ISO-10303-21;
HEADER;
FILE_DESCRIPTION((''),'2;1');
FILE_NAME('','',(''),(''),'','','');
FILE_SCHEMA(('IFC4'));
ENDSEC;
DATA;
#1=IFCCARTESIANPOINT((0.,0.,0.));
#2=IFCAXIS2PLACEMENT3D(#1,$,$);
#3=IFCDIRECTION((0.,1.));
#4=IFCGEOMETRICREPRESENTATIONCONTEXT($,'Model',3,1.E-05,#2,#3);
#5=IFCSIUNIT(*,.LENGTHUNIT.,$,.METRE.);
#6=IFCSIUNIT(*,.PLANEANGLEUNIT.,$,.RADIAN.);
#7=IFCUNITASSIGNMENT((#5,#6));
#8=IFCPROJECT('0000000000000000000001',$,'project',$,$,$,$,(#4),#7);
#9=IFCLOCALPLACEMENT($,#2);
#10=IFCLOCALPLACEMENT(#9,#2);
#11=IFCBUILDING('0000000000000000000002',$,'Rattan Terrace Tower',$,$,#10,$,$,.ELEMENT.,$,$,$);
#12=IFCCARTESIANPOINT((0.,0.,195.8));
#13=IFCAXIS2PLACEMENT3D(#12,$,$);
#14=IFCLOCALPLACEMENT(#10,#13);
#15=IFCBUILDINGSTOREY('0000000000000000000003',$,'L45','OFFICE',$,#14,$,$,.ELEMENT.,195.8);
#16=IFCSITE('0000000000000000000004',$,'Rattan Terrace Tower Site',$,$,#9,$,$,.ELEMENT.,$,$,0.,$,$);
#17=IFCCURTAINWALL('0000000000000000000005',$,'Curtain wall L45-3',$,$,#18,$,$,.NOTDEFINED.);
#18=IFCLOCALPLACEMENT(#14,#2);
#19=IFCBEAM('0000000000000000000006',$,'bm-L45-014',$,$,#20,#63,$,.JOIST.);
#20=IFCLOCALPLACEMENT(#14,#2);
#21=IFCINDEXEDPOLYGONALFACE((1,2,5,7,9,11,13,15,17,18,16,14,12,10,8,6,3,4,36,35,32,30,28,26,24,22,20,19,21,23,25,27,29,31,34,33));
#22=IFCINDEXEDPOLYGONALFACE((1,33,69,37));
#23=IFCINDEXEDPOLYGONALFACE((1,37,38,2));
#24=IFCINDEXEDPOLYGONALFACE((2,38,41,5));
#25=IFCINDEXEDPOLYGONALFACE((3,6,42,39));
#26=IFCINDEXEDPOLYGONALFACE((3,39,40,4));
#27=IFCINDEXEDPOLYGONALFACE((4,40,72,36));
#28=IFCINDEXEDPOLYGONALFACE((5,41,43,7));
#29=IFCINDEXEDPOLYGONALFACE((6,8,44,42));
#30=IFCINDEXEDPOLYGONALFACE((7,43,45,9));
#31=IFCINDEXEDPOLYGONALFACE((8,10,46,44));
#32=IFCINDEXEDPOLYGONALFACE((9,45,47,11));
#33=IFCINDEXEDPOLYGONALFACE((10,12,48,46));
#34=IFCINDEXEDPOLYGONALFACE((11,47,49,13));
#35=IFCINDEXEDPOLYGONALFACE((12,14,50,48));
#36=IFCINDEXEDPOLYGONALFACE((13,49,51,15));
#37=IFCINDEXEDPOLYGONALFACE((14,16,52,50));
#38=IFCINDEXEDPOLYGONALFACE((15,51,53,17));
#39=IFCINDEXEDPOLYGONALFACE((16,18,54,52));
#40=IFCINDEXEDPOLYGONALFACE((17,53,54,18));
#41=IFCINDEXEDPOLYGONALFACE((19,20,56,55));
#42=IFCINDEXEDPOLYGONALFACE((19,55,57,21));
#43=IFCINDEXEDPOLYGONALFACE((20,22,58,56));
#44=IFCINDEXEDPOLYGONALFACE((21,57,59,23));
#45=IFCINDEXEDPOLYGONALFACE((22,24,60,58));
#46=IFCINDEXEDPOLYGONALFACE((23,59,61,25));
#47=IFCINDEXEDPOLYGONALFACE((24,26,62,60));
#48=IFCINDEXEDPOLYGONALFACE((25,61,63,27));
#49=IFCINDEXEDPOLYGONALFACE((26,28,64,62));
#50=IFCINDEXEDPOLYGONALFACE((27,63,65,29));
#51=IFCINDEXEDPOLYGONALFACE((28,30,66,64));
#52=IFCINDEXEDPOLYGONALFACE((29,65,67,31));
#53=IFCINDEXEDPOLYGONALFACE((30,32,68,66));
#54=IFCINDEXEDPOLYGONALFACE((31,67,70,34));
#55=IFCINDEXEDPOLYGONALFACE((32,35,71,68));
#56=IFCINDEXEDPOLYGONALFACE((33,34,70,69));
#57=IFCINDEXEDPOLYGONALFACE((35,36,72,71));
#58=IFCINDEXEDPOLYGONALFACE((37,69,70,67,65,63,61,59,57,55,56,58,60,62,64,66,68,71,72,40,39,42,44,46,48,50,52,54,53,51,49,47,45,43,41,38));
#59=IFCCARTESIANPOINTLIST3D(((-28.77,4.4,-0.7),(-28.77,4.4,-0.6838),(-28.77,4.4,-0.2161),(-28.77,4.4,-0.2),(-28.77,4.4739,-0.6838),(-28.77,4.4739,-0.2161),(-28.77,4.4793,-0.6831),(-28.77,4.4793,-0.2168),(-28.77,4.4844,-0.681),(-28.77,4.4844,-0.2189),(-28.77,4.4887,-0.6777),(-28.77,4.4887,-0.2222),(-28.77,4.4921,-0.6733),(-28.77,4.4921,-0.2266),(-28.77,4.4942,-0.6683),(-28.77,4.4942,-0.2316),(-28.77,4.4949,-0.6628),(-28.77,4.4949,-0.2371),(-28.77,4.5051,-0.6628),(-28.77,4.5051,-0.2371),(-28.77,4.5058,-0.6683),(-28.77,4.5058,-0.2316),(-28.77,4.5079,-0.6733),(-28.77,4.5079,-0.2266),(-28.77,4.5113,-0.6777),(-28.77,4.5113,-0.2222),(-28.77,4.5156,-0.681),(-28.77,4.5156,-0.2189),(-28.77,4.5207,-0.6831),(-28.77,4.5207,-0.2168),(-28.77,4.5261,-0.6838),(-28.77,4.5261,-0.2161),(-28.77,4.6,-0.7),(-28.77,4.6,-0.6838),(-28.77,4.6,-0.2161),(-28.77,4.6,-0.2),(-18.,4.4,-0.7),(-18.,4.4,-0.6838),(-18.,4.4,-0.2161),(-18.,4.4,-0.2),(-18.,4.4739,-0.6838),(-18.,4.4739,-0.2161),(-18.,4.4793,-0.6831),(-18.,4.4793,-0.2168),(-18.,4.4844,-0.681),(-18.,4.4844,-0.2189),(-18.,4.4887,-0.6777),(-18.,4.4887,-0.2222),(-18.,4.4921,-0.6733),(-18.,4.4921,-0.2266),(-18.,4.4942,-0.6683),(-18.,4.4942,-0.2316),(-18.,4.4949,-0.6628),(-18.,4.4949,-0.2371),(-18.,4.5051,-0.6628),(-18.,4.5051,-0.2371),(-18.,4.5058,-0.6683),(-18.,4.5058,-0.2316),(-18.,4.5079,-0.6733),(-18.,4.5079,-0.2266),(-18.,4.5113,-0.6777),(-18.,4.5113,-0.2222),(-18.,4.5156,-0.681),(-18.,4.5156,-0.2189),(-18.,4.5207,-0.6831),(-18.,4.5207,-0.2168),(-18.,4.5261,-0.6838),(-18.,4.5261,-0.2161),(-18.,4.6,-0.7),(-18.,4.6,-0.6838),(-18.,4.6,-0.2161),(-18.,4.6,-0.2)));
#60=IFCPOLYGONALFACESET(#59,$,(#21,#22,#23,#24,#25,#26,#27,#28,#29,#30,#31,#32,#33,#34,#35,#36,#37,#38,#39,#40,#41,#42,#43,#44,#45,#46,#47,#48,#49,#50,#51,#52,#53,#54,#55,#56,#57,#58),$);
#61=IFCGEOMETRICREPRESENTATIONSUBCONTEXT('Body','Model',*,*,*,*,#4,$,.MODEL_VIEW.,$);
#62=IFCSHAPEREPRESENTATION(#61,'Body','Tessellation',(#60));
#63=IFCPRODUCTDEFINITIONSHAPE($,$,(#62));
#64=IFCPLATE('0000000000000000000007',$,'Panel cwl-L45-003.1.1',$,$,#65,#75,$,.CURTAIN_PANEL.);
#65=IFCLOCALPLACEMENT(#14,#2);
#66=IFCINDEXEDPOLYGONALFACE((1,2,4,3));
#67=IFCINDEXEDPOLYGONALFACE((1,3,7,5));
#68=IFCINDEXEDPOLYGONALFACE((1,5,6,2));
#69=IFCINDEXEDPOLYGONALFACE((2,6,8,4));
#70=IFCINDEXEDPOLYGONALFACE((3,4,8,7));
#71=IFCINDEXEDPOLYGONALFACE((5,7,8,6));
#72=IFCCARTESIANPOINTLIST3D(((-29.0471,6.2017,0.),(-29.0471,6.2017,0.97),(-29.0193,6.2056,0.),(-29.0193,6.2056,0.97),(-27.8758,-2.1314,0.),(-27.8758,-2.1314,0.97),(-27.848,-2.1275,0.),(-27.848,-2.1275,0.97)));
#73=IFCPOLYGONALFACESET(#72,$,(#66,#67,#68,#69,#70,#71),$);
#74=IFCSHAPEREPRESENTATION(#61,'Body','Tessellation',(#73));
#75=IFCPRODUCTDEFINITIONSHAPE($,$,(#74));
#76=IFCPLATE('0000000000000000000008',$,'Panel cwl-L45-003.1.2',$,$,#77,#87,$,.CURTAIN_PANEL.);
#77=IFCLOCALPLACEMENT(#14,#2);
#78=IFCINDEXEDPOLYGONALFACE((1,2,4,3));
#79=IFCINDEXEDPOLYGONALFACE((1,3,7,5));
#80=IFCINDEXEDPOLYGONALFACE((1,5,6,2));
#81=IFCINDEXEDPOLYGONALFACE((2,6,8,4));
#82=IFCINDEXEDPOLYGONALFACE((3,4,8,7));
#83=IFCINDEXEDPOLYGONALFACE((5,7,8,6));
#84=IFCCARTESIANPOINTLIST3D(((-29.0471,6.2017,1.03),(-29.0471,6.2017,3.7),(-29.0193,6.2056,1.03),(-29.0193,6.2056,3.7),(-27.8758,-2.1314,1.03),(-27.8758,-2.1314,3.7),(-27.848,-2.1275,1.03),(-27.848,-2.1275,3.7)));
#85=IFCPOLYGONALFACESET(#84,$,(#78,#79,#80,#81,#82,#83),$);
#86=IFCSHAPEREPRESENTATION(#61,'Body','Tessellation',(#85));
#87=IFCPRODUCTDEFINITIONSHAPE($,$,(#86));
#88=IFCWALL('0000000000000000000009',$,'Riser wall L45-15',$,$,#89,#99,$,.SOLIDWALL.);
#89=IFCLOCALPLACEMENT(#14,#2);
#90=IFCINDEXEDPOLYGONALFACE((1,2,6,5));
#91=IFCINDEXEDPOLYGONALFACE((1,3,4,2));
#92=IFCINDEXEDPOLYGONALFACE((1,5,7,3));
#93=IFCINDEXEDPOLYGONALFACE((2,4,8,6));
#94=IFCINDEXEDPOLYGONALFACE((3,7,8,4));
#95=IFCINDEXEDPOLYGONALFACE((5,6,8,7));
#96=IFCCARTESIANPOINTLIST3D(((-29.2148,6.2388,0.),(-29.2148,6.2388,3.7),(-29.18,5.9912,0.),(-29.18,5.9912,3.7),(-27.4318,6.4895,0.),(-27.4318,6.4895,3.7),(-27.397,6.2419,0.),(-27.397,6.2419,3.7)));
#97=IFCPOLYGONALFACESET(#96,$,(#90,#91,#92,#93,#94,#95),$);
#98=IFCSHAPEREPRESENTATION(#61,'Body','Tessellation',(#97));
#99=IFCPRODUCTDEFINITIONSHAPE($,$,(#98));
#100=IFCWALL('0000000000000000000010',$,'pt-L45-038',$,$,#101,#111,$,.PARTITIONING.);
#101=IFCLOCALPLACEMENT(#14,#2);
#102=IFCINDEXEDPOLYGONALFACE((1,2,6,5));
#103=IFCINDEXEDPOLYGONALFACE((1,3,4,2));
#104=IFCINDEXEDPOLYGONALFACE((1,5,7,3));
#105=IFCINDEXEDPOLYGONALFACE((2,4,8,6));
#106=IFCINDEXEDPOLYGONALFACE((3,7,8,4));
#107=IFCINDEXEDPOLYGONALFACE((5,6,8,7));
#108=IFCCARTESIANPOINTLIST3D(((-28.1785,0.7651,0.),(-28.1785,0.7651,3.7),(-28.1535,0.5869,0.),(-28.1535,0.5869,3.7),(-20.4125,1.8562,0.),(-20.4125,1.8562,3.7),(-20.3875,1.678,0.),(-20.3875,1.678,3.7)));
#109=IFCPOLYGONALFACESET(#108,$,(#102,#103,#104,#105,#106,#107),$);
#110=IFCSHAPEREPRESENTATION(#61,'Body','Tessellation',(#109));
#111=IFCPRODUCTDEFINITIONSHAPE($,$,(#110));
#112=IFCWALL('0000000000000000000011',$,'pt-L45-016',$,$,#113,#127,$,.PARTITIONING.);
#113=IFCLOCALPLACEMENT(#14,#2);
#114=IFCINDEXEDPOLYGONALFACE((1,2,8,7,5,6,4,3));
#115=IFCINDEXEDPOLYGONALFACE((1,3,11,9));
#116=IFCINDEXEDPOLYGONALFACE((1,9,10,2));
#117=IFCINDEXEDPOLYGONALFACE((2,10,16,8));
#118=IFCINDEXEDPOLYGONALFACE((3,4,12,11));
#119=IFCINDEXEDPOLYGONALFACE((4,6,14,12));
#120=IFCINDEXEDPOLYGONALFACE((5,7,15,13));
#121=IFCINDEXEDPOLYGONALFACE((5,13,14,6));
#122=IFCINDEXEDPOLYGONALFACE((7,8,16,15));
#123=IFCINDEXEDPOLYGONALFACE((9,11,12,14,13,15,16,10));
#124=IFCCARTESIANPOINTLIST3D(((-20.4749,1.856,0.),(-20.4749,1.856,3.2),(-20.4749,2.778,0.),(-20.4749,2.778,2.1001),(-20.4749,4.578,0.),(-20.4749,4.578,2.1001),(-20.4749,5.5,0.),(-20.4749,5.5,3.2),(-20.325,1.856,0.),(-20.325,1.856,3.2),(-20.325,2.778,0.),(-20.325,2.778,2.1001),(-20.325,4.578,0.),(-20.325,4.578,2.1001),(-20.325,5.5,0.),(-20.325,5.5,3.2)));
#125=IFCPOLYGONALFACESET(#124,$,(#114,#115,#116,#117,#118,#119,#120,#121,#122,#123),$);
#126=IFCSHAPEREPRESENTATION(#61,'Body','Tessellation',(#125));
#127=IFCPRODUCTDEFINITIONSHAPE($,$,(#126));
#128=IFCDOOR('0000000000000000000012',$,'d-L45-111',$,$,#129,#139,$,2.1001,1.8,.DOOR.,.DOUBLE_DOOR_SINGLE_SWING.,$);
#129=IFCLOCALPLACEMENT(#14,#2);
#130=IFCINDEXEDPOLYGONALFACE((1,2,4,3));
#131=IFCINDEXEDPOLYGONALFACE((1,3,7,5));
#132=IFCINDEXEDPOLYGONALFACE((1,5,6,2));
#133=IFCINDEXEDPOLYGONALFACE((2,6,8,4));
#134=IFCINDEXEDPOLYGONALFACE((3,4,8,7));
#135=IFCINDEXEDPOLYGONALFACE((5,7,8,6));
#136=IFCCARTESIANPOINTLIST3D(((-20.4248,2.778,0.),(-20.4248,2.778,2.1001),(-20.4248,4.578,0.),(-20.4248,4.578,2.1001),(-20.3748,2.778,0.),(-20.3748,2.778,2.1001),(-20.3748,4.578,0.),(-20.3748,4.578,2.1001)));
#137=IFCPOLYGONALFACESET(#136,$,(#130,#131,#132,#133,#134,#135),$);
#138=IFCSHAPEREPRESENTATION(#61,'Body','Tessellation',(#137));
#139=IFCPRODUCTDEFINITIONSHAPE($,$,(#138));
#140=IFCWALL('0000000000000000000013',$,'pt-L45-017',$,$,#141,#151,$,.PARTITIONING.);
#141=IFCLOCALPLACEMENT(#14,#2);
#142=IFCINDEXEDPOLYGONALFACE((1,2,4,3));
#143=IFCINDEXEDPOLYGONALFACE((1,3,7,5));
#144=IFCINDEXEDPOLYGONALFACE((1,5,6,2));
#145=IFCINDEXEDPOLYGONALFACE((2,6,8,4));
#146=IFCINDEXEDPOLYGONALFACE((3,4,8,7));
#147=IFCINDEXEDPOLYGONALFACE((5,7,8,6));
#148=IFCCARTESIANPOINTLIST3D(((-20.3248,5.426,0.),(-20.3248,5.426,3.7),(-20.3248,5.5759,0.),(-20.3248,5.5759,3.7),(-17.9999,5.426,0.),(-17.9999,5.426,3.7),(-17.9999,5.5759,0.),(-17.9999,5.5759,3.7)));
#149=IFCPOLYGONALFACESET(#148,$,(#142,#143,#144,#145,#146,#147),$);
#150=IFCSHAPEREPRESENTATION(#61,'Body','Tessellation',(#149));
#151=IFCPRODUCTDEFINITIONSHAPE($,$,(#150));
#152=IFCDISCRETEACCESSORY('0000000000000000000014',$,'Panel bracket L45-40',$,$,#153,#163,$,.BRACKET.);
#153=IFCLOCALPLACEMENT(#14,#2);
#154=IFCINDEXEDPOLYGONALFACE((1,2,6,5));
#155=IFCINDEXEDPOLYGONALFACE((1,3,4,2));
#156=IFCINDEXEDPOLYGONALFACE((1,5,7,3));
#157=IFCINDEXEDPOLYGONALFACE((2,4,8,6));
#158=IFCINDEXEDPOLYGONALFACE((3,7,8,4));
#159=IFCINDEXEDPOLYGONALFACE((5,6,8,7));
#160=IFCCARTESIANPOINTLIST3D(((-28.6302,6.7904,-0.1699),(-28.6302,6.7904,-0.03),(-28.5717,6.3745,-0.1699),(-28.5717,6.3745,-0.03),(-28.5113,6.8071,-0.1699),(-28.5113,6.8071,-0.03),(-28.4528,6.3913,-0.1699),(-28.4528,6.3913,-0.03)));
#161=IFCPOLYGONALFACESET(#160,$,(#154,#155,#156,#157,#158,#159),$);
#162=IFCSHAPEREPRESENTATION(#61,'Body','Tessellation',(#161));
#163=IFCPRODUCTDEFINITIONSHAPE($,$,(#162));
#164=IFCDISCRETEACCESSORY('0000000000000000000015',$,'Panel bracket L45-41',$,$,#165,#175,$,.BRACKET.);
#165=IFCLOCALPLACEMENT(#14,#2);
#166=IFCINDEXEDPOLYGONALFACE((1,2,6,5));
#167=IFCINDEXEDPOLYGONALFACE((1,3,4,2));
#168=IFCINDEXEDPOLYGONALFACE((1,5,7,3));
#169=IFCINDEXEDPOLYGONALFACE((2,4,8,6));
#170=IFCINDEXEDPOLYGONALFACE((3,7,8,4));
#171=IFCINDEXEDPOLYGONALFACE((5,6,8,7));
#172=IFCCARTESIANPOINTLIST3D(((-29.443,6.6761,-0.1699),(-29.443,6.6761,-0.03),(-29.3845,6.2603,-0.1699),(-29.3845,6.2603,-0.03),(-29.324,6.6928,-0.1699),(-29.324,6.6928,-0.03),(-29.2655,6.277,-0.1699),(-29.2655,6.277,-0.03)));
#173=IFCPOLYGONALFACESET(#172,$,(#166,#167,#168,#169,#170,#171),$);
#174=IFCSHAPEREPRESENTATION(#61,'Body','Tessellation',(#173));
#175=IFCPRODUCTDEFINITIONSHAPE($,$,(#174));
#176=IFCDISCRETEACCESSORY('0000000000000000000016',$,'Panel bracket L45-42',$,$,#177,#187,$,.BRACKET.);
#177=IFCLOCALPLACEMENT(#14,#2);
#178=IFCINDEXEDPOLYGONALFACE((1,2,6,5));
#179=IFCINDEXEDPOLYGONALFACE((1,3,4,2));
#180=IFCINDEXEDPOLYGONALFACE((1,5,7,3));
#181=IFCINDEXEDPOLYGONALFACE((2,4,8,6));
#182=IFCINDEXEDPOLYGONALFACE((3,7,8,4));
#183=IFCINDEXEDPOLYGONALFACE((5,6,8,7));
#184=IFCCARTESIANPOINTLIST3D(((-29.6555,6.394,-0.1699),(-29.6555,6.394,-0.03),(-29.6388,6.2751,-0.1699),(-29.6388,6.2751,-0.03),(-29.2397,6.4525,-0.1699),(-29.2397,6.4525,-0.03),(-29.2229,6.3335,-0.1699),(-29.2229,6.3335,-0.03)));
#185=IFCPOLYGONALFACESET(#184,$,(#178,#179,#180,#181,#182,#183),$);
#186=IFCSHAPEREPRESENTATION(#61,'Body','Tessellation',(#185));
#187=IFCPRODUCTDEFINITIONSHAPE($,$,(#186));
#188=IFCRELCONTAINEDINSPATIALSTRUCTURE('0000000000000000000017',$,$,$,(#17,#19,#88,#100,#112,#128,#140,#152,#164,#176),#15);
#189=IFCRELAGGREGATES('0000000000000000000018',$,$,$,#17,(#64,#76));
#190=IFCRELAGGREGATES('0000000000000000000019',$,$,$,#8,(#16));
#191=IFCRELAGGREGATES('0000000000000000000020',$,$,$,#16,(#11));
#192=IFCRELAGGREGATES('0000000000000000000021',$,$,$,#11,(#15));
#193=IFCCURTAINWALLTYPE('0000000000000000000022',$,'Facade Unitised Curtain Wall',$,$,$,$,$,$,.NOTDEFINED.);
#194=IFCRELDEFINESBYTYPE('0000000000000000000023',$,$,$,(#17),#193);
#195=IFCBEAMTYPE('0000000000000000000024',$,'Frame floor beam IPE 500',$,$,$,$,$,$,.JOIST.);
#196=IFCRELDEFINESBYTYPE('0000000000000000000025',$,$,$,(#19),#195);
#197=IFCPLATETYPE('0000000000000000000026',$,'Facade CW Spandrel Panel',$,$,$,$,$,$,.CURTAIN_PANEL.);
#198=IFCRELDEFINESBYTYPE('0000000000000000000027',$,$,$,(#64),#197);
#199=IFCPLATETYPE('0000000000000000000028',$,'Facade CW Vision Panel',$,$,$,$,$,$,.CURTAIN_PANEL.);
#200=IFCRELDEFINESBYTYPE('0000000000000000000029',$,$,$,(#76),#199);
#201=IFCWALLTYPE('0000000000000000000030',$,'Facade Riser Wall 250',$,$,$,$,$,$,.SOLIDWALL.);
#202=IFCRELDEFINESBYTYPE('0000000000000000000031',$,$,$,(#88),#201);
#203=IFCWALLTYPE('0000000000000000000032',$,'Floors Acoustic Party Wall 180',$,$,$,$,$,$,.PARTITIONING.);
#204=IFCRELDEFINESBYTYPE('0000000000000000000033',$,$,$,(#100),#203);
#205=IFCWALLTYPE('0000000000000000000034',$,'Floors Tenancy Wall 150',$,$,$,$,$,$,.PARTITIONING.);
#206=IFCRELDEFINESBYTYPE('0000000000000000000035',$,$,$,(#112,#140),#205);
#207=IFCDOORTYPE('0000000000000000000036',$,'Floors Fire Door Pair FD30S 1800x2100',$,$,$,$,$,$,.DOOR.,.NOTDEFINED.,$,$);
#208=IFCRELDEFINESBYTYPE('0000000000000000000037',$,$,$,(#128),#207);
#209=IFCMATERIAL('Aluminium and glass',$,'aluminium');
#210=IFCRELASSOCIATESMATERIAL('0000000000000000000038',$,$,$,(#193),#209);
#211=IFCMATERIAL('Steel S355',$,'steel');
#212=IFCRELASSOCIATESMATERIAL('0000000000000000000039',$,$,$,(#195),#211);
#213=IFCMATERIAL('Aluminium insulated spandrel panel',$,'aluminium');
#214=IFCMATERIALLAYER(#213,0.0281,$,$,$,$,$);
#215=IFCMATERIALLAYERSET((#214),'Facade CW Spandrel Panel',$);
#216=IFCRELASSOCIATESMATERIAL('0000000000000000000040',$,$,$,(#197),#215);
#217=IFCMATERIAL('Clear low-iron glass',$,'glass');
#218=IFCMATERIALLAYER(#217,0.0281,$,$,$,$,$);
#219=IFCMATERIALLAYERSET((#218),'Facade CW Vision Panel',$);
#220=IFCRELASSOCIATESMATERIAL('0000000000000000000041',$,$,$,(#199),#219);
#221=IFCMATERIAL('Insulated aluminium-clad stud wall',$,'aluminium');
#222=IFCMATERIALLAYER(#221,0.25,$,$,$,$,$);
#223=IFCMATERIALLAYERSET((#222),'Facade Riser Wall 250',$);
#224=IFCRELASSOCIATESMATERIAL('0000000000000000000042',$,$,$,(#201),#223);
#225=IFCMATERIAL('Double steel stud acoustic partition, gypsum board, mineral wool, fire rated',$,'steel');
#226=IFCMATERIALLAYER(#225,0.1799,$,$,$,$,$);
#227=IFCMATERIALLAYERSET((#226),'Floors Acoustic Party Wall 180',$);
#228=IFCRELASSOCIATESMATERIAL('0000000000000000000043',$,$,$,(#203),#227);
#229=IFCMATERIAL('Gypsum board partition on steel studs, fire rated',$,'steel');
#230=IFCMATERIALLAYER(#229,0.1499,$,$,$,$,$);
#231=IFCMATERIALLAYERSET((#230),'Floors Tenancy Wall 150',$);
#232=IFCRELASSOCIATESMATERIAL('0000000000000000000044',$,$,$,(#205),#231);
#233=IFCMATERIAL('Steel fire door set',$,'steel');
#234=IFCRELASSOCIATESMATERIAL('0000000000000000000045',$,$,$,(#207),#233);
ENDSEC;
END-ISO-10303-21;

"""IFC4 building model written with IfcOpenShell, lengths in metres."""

from ifc_helpers import new_model, si_unit, direction, frame, frame_2d, origin, origin_2d, place, context, subcontext, project, spatial, rectangle, i_section, extrude, material, layer, layer_set, material_profile, profile_set, type_object, element, fill, aggregate, save


model = new_model("IFC4")

# Units and contexts
model_context = context("Model", 3, precision=1e-05, world=origin(), true_north=direction((0.0, 1.0)))
body_context = subcontext(model_context, "Body", "Model", "MODEL_VIEW")
ifc_project = project(units=[si_unit("LENGTHUNIT", "METRE"), si_unit("PLANEANGLEUNIT", "RADIAN")], contexts=[model_context])

# Site, building, storey
site_placement = place(None, origin())
site = spatial("IfcSite", under=ifc_project, at=site_placement, Name="Rattan Terrace Tower Site", CompositionType="ELEMENT", RefElevation=0.0)
building_placement = place(site_placement, origin())
building = spatial("IfcBuilding", under=site, at=building_placement, Name="Rattan Terrace Tower", CompositionType="ELEMENT")
storey_placement = place(building_placement, frame((0.0, 0.0, 195.8)))
storey = spatial("IfcBuildingStorey", under=building, at=storey_placement, Name="L45", Description="OFFICE", CompositionType="ELEMENT", Elevation=195.8)

# Curtain wall
ifc_material_1 = material(Name="Aluminium and glass", Category="aluminium")
curtain_wall_type = type_object("IfcCurtainWallType", Name="Facade Unitised Curtain Wall", PredefinedType="NOTDEFINED", material=ifc_material_1)
curtain_wall_placement = place(storey_placement, origin())
curtain_wall = element("IfcCurtainWall", 1, at=curtain_wall_placement, inside=storey, type_object=curtain_wall_type, Name="Curtain wall L45-3", PredefinedType="NOTDEFINED")

# Beam
ifc_material_2 = material(Name="Steel S355", Category="steel")
ifc_material_profile_1 = material_profile(ifc_material_2, i_section(OverallWidth=0.2, OverallDepth=0.5, WebThickness=0.0103, FlangeThickness=0.0161, FilletRadius=0.021, at=origin_2d()), Name="IPE 500")
ifc_profile_set_1 = profile_set([ifc_material_profile_1], Name="Steel S355")
beam_type_1 = type_object("IfcBeamType", Name="Frame floor beam IPE 500", PredefinedType="JOIST", material=ifc_profile_set_1)
beam_1_placement = place(storey_placement, frame((-28.77, 4.5, -0.45), z_axis=(1.0, 0.0, 0.0), x_axis=(0.0, 1.0, 0.0)))
element("IfcBeam", 2, at=beam_1_placement, inside=storey, type_object=beam_type_1, Name="bm-L45-014", PredefinedType="JOIST", context=body_context, shape_type="SweptSolid", body=[
    extrude(i_section(OverallWidth=0.2, OverallDepth=0.5, WebThickness=0.0103, FlangeThickness=0.0161, FilletRadius=0.021, at=origin_2d()), origin(), (0.0, 0.0, 1.0), 10.77),
])

# Plates
ifc_material_3 = material(Name="Aluminium insulated spandrel panel", Category="aluminium")
ifc_layer_1 = layer(ifc_material_3, 0.0281)
ifc_layer_set_1 = layer_set([ifc_layer_1], Name="Facade CW Spandrel Panel")
plate_type_1 = type_object("IfcPlateType", Name="Facade CW Spandrel Panel", PredefinedType="CURTAIN_PANEL", material=ifc_layer_set_1)
plate_1_placement = place(storey_placement, frame((-28.4475, 2.0371, 0.0), z_axis=(0.0, 0.0, 1.0), x_axis=(0.139191, -0.990266, 0.0)))
plate_1 = element("IfcPlate", 3, at=plate_1_placement, type_object=plate_type_1, Name="Panel cwl-L45-003.1.1", PredefinedType="CURTAIN_PANEL", context=body_context, shape_type="SweptSolid", body=[
    extrude(rectangle(XDim=8.415, YDim=0.0281, at=origin_2d()), origin(), (0.0, 0.0, 1.0), 0.97),
])
ifc_material_4 = material(Name="Clear low-iron glass", Category="glass")
ifc_layer_2 = layer(ifc_material_4, 0.0281)
ifc_layer_set_2 = layer_set([ifc_layer_2], Name="Facade CW Vision Panel")
plate_type_2 = type_object("IfcPlateType", Name="Facade CW Vision Panel", PredefinedType="CURTAIN_PANEL", material=ifc_layer_set_2)
plate_2_placement = place(storey_placement, frame((-28.4475, 2.0371, 1.03), z_axis=(0.0, 0.0, 1.0), x_axis=(0.139191, -0.990266, 0.0)))
plate_2 = element("IfcPlate", 4, at=plate_2_placement, type_object=plate_type_2, Name="Panel cwl-L45-003.1.2", PredefinedType="CURTAIN_PANEL", context=body_context, shape_type="SweptSolid", body=[
    extrude(rectangle(XDim=8.415, YDim=0.0281, at=origin_2d()), origin(), (0.0, 0.0, 1.0), 2.6699),
])
aggregate(curtain_wall, [plate_1, plate_2])

# Walls
ifc_material_5 = material(Name="Insulated aluminium-clad stud wall", Category="aluminium")
ifc_layer_3 = layer(ifc_material_5, 0.25)
ifc_layer_set_3 = layer_set([ifc_layer_3], Name="Facade Riser Wall 250")
wall_type_1 = type_object("IfcWallType", Name="Facade Riser Wall 250", PredefinedType="SOLIDWALL", material=ifc_layer_set_3)
wall_1_placement = place(storey_placement, frame((-27.4143, 6.3657, 0.0), z_axis=(0.0, 0.0, 1.0), x_axis=(-0.990256, -0.139257, 0.0)))
element("IfcWall", 5, at=wall_1_placement, inside=storey, type_object=wall_type_1, Name="Riser wall L45-15", PredefinedType="SOLIDWALL", context=body_context, shape_type="SweptSolid", body=[
    extrude(rectangle(XDim=1.8005, YDim=0.25, at=frame_2d((0.9004, 0.0))), origin(), (0.0, 0.0, 1.0), 3.7),
])
ifc_material_6 = material(Name="Double steel stud acoustic partition, gypsum board, mineral wool, fire rated", Category="steel")
ifc_layer_4 = layer(ifc_material_6, 0.1799)
ifc_layer_set_4 = layer_set([ifc_layer_4], Name="Floors Acoustic Party Wall 180")
wall_type_2 = type_object("IfcWallType", Name="Floors Acoustic Party Wall 180", PredefinedType="PARTITIONING", material=ifc_layer_set_4)
wall_2_placement = place(storey_placement, frame((-28.166, 0.676, 0.0), z_axis=(0.0, 0.0, 1.0), x_axis=(0.990275, 0.139124, 0.0)))
element("IfcWall", 6, at=wall_2_placement, inside=storey, type_object=wall_type_2, Name="pt-L45-038", PredefinedType="PARTITIONING", context=body_context, shape_type="SweptSolid", body=[
    extrude(rectangle(XDim=7.8423, YDim=0.1799, at=frame_2d((3.9211, 0.0))), origin(), (0.0, 0.0, 1.0), 3.7),
])

# Wall, opening, door
ifc_material_7 = material(Name="Gypsum board partition on steel studs, fire rated", Category="steel")
ifc_layer_5 = layer(ifc_material_7, 0.1499)
ifc_layer_set_5 = layer_set([ifc_layer_5], Name="Floors Tenancy Wall 150")
wall_type_3 = type_object("IfcWallType", Name="Floors Tenancy Wall 150", PredefinedType="PARTITIONING", material=ifc_layer_set_5)
wall_3_placement = place(storey_placement, frame((-20.3999, 1.856, 0.0), z_axis=(0.0, 0.0, 1.0), x_axis=(0.0, 1.0, 0.0)))
wall_3 = element("IfcWall", 7, at=wall_3_placement, inside=storey, type_object=wall_type_3, Name="pt-L45-016", PredefinedType="PARTITIONING", context=body_context, shape_type="SweptSolid", body=[
    extrude(rectangle(XDim=3.644, YDim=0.1499, at=frame_2d((1.822, 0.0))), origin(), (0.0, 0.0, 1.0), 3.2),
])
opening_placement = place(wall_3_placement, frame((0.9221, 0.0, 0.0)))
opening = element("IfcOpeningElement", 8, at=opening_placement, cuts=wall_3, PredefinedType="OPENING", context=body_context, shape_type="SweptSolid", body=[
    extrude(rectangle(XDim=1.8, YDim=2.1001, at=frame_2d((0.8999, 1.05))), frame((0.0, 0.0854, 0.0), z_axis=(0.0, -1.0, 0.0), x_axis=(1.0, 0.0, 0.0)), (0.0, 0.0, 1.0), 0.1709),
])
ifc_material_8 = material(Name="Steel fire door set", Category="steel")
door_type = type_object("IfcDoorType", Name="Floors Fire Door Pair FD30S 1800x2100", OperationType="NOTDEFINED", PredefinedType="DOOR", material=ifc_material_8)
door_placement = place(opening_placement, origin())
door = element("IfcDoor", 9, at=door_placement, inside=storey, type_object=door_type, Name="d-L45-111", OperationType="DOUBLE_DOOR_SINGLE_SWING", OverallHeight=2.1001, OverallWidth=1.8, PredefinedType="DOOR", context=body_context, shape_type="SweptSolid", body=[
    extrude(rectangle(XDim=1.8, YDim=2.1001, at=frame_2d((0.8999, 1.05))), frame((0.0, 0.0249, 0.0), z_axis=(0.0, -1.0, 0.0), x_axis=(1.0, 0.0, 0.0)), (0.0, 0.0, 1.0), 0.05),
])
fill(opening, door)

# Wall
wall_4_placement = place(storey_placement, frame((-20.325, 5.501, 0.0), z_axis=(0.0, 0.0, 1.0), x_axis=(1.0, 0.0, 0.0)))
element("IfcWall", 10, at=wall_4_placement, inside=storey, type_object=wall_type_3, Name="pt-L45-017", PredefinedType="PARTITIONING", context=body_context, shape_type="SweptSolid", body=[
    extrude(rectangle(XDim=2.325, YDim=0.1499, at=frame_2d((1.1626, 0.0))), origin(), (0.0, 0.0, 1.0), 3.7),
])

# Discrete accessories
for number, where, z_axis, x_axis, name in (
    (11, (-28.5415, 6.5908, -0.1699), (0.0, 0.0, 1.0), (-0.990254, -0.139275, 0.0), "Panel bracket L45-40"),
    (12, (-29.3542, 6.4766, -0.1699), (0.0, 0.0, 1.0), (-0.990254, -0.139275, 0.0), "Panel bracket L45-41"),
    (13, (-29.4392, 6.3638, -0.1699), (0.0, 0.0, 1.0), (0.139191, -0.990266, 0.0), "Panel bracket L45-42"),
):
    element("IfcDiscreteAccessory", number, at=place(storey_placement, frame(where, z_axis=z_axis, x_axis=x_axis)), inside=storey, Name=name, PredefinedType="BRACKET", context=body_context, shape_type="SweptSolid", body=[
        extrude(rectangle(XDim=0.1201, YDim=0.4199, at=origin_2d()), origin(), (0.0, 0.0, 1.0), 0.1399),
    ])

save(model, "model.ifc")
